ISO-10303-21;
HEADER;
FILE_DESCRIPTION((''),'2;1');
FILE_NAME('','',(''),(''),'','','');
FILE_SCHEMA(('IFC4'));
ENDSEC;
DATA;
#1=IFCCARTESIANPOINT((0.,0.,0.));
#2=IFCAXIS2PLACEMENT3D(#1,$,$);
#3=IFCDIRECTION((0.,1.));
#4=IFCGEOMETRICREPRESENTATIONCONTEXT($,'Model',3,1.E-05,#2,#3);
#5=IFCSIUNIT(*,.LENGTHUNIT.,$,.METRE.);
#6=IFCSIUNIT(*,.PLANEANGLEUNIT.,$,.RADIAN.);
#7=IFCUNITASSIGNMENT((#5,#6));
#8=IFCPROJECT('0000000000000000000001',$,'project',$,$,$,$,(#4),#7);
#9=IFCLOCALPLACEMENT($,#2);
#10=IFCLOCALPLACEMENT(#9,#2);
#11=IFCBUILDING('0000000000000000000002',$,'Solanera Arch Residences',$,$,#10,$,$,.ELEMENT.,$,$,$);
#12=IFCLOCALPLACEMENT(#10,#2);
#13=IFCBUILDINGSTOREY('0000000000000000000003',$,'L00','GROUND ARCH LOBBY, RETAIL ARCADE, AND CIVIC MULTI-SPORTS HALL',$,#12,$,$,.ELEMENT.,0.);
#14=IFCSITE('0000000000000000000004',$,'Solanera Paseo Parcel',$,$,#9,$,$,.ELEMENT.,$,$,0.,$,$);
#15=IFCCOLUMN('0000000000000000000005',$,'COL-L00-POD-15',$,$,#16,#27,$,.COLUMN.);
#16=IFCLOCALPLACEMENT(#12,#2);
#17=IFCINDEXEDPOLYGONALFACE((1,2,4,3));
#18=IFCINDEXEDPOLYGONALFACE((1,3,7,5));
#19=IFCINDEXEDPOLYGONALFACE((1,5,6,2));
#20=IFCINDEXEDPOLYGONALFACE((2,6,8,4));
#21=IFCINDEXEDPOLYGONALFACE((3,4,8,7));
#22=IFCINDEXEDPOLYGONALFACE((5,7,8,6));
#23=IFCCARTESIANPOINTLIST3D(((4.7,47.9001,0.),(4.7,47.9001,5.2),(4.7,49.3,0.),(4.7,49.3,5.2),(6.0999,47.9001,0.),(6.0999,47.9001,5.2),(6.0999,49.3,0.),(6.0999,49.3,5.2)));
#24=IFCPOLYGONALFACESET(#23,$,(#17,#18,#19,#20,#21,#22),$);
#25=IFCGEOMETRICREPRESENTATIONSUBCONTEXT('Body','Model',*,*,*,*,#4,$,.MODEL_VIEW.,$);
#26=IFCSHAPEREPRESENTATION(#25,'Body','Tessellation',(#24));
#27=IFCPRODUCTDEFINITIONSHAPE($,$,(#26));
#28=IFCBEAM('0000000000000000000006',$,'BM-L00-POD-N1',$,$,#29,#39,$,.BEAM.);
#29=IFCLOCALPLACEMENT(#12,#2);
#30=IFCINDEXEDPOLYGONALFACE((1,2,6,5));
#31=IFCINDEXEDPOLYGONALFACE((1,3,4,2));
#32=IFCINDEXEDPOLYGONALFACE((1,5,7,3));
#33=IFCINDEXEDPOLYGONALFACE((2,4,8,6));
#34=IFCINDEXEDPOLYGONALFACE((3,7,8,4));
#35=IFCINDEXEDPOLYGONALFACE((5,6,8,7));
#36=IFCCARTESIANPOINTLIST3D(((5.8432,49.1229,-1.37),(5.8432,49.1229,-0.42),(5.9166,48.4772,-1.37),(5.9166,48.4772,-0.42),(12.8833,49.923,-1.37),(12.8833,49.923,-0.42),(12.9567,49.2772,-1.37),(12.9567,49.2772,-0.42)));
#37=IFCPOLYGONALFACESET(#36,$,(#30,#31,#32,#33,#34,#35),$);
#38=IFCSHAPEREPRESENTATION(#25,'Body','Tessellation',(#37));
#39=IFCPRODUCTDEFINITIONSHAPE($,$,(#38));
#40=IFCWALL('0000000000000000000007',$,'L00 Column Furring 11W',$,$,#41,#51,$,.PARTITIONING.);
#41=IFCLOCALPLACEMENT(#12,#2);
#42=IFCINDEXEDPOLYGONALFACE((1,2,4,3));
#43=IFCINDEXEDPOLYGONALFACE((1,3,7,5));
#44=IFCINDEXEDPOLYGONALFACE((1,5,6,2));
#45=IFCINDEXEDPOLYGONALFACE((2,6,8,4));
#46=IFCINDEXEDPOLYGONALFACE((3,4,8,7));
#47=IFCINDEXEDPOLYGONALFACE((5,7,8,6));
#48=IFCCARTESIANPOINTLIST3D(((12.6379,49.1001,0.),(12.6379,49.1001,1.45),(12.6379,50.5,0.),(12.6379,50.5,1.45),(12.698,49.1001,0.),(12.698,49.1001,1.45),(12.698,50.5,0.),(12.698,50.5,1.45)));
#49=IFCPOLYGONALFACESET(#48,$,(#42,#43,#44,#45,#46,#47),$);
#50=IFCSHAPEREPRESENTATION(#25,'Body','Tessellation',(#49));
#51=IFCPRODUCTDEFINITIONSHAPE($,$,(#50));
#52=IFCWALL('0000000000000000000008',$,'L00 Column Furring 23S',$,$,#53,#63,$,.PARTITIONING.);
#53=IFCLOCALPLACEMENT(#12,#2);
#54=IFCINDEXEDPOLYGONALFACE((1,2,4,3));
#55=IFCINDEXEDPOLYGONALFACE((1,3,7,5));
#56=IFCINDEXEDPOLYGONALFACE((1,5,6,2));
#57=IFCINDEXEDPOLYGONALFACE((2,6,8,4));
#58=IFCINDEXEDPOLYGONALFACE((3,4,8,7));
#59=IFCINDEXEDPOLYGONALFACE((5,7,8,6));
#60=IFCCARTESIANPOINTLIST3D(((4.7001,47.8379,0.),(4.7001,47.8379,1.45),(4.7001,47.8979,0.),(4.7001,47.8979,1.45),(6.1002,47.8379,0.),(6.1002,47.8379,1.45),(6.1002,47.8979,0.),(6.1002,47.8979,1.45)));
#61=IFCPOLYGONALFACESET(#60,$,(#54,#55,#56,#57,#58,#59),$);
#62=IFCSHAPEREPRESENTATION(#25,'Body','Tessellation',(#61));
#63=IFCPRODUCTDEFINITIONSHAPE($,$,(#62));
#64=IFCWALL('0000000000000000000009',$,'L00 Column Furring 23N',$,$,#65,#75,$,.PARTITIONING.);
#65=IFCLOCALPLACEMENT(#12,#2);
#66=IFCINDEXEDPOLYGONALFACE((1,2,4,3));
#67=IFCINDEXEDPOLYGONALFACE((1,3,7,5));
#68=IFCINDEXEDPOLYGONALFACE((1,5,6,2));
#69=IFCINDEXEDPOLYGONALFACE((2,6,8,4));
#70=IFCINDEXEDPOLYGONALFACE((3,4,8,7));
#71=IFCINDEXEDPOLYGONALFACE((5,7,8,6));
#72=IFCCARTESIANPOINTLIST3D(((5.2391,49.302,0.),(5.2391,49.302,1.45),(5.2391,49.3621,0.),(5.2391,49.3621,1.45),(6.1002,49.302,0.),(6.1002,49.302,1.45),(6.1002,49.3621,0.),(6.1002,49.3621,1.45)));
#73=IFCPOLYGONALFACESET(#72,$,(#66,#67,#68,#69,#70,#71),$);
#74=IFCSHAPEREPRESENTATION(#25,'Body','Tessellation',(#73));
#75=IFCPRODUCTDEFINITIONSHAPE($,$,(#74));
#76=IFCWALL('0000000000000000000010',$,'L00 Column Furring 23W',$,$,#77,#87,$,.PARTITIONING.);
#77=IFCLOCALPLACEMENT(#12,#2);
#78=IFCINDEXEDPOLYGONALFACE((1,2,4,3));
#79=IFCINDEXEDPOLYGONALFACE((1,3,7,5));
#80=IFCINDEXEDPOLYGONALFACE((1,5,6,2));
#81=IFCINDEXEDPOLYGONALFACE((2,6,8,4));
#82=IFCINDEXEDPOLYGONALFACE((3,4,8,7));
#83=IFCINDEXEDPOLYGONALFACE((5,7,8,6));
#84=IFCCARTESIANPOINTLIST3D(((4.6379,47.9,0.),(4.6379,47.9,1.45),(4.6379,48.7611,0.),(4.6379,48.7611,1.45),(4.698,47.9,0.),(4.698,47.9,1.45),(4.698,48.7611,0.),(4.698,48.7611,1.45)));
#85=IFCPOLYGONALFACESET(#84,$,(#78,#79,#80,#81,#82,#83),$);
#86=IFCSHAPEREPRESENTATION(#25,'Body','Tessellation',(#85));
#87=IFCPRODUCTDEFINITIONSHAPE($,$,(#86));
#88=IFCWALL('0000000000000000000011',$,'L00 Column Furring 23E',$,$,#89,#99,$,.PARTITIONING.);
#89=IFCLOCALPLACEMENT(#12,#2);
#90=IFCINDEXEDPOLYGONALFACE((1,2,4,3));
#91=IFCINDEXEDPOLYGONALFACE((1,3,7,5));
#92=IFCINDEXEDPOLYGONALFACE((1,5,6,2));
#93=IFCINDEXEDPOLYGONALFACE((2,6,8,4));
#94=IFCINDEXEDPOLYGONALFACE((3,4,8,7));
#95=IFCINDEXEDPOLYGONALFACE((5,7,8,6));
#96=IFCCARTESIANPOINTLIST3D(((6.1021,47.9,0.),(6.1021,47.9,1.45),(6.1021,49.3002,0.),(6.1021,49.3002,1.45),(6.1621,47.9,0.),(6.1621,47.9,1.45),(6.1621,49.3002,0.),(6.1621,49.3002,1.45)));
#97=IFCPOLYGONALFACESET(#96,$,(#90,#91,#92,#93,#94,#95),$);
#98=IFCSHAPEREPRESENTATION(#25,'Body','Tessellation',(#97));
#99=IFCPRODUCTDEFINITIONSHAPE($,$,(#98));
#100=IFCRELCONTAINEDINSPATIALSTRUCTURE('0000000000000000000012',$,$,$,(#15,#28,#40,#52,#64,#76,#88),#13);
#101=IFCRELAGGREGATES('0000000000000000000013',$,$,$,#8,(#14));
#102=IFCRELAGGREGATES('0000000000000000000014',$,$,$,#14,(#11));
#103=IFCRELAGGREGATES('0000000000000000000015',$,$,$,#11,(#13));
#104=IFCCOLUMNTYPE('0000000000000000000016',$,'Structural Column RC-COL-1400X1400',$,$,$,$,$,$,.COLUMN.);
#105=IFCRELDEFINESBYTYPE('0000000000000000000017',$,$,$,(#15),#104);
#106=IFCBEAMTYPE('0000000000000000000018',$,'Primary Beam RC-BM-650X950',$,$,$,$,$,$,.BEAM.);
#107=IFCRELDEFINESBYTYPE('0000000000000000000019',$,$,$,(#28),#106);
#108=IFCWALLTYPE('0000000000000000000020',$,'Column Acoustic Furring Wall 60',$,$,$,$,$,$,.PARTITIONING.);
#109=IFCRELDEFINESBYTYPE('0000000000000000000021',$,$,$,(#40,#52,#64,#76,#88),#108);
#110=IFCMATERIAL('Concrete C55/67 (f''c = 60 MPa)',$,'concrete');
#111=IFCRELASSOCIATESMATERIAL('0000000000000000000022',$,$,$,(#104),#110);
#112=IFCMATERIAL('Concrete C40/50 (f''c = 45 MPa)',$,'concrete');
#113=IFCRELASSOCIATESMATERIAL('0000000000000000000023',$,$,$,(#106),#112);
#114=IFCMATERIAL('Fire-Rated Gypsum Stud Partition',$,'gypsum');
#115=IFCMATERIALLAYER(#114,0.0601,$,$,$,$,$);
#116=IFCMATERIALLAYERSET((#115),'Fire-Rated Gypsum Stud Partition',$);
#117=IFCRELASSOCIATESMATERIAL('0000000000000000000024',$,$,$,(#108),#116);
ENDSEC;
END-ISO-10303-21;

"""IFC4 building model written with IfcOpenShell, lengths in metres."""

from ifc_helpers import new_model, si_unit, direction, frame, frame_2d, origin, origin_2d, place, context, subcontext, project, spatial, rectangle, extrude, material, layer, layer_set, material_profile, profile_set, type_object, element, save


model = new_model("IFC4")

# Units and contexts
model_context = context("Model", 3, precision=1e-05, world=origin(), true_north=direction((0.0, 1.0)))
body_context = subcontext(model_context, "Body", "Model", "MODEL_VIEW")
ifc_project = project(units=[si_unit("LENGTHUNIT", "METRE"), si_unit("PLANEANGLEUNIT", "RADIAN")], contexts=[model_context])

# Site, building, storey
site_placement = place(None, origin())
site = spatial("IfcSite", under=ifc_project, at=site_placement, Name="Solanera Paseo Parcel", CompositionType="ELEMENT", RefElevation=0.0)
building_placement = place(site_placement, origin())
building = spatial("IfcBuilding", under=site, at=building_placement, Name="Solanera Arch Residences", CompositionType="ELEMENT")
storey_placement = place(building_placement, origin())
storey = spatial("IfcBuildingStorey", under=building, at=storey_placement, Name="L00", Description="GROUND ARCH LOBBY, RETAIL ARCADE, AND CIVIC MULTI-SPORTS HALL", CompositionType="ELEMENT", Elevation=0.0)

# Column
ifc_material_1 = material(Name="Concrete C55/67 (f'c = 60 MPa)", Category="concrete")
ifc_material_profile_1 = material_profile(ifc_material_1, rectangle(XDim=1.3999, YDim=1.3999, at=origin_2d()))
ifc_profile_set_1 = profile_set([ifc_material_profile_1], Name="Concrete C55/67 (f'c = 60 MPa)")
column_type = type_object("IfcColumnType", Name="Structural Column RC-COL-1400X1400", PredefinedType="COLUMN", material=ifc_profile_set_1)
column_placement = place(storey_placement, frame((5.3999, 48.6001, 0.0), z_axis=(0.0, 0.0, 1.0), x_axis=(1.0, 0.0, 0.0)))
element("IfcColumn", 1, at=column_placement, inside=storey, type_object=column_type, Name="COL-L00-POD-15", PredefinedType="COLUMN", context=body_context, shape_type="SweptSolid", body=[
    extrude(rectangle(XDim=1.3999, YDim=1.3999, at=origin_2d()), origin(), (0.0, 0.0, 1.0), 5.2),
])

# Beam
ifc_material_2 = material(Name="Concrete C40/50 (f'c = 45 MPa)", Category="concrete")
ifc_material_profile_2 = material_profile(ifc_material_2, rectangle(XDim=0.6499, YDim=0.95, at=origin_2d()))
ifc_profile_set_2 = profile_set([ifc_material_profile_2], Name="Concrete C40/50 (f'c = 45 MPa)")
beam_type = type_object("IfcBeamType", Name="Primary Beam RC-BM-650X950", PredefinedType="BEAM", material=ifc_profile_set_2)
beam_placement = place(storey_placement, frame((5.8799, 48.8, -0.895), z_axis=(0.993605, 0.112916, 0.0), x_axis=(-0.112916, 0.993605, 0.0)))
element("IfcBeam", 2, at=beam_placement, inside=storey, type_object=beam_type, Name="BM-L00-POD-N1", PredefinedType="BEAM", context=body_context, shape_type="SweptSolid", body=[
    extrude(rectangle(XDim=0.6499, YDim=0.95, at=origin_2d()), origin(), (0.0, 0.0, 1.0), 7.0854),
])

# Walls
ifc_material_3 = material(Name="Fire-Rated Gypsum Stud Partition", Category="gypsum")
ifc_layer_1 = layer(ifc_material_3, 0.0601)
ifc_layer_set_1 = layer_set([ifc_layer_1], Name="Fire-Rated Gypsum Stud Partition")
wall_type_1 = type_object("IfcWallType", Name="Column Acoustic Furring Wall 60", PredefinedType="PARTITIONING", material=ifc_layer_set_1)
wall_1_placement = place(storey_placement, frame((12.668, 49.1001, 0.0), z_axis=(0.0, 0.0, 1.0), x_axis=(0.0, 1.0, 0.0)))
element("IfcWall", 3, at=wall_1_placement, inside=storey, type_object=wall_type_1, Name="L00 Column Furring 11W", PredefinedType="PARTITIONING", context=body_context, shape_type="SweptSolid", body=[
    extrude(rectangle(XDim=1.3999, YDim=0.0601, at=frame_2d((0.7, 0.0))), origin(), (0.0, 0.0, 1.0), 1.45),
])
wall_2_placement = place(storey_placement, frame((4.7, 47.8679, 0.0), z_axis=(0.0, 0.0, 1.0), x_axis=(1.0, 0.0, 0.0)))
element("IfcWall", 4, at=wall_2_placement, inside=storey, type_object=wall_type_1, Name="L00 Column Furring 23S", PredefinedType="PARTITIONING", context=body_context, shape_type="SweptSolid", body=[
    extrude(rectangle(XDim=1.4001, YDim=0.0601, at=frame_2d((0.7002, 0.0))), origin(), (0.0, 0.0, 1.0), 1.45),
])
for number, where, z_axis, x_axis, name in (
    (5, (5.239, 49.332, 0.0), (0.0, 0.0, 1.0), (1.0, 0.0, 0.0), "L00 Column Furring 23N"),
    (6, (4.668, 47.8999, 0.0), (0.0, 0.0, 1.0), (0.0, 1.0, 0.0), "L00 Column Furring 23W"),
):
    element("IfcWall", number, at=place(storey_placement, frame(where, z_axis=z_axis, x_axis=x_axis)), inside=storey, type_object=wall_type_1, Name=name, PredefinedType="PARTITIONING", context=body_context, shape_type="SweptSolid", body=[
        extrude(rectangle(XDim=0.8611, YDim=0.0601, at=frame_2d((0.4307, 0.0))), origin(), (0.0, 0.0, 1.0), 1.45),
    ])
wall_3_placement = place(storey_placement, frame((6.1321, 47.8999, 0.0), z_axis=(0.0, 0.0, 1.0), x_axis=(0.0, 1.0, 0.0)))
element("IfcWall", 7, at=wall_3_placement, inside=storey, type_object=wall_type_1, Name="L00 Column Furring 23E", PredefinedType="PARTITIONING", context=body_context, shape_type="SweptSolid", body=[
    extrude(rectangle(XDim=1.4001, YDim=0.0601, at=frame_2d((0.7002, 0.0))), origin(), (0.0, 0.0, 1.0), 1.45),
])

save(model, "model.ifc")
